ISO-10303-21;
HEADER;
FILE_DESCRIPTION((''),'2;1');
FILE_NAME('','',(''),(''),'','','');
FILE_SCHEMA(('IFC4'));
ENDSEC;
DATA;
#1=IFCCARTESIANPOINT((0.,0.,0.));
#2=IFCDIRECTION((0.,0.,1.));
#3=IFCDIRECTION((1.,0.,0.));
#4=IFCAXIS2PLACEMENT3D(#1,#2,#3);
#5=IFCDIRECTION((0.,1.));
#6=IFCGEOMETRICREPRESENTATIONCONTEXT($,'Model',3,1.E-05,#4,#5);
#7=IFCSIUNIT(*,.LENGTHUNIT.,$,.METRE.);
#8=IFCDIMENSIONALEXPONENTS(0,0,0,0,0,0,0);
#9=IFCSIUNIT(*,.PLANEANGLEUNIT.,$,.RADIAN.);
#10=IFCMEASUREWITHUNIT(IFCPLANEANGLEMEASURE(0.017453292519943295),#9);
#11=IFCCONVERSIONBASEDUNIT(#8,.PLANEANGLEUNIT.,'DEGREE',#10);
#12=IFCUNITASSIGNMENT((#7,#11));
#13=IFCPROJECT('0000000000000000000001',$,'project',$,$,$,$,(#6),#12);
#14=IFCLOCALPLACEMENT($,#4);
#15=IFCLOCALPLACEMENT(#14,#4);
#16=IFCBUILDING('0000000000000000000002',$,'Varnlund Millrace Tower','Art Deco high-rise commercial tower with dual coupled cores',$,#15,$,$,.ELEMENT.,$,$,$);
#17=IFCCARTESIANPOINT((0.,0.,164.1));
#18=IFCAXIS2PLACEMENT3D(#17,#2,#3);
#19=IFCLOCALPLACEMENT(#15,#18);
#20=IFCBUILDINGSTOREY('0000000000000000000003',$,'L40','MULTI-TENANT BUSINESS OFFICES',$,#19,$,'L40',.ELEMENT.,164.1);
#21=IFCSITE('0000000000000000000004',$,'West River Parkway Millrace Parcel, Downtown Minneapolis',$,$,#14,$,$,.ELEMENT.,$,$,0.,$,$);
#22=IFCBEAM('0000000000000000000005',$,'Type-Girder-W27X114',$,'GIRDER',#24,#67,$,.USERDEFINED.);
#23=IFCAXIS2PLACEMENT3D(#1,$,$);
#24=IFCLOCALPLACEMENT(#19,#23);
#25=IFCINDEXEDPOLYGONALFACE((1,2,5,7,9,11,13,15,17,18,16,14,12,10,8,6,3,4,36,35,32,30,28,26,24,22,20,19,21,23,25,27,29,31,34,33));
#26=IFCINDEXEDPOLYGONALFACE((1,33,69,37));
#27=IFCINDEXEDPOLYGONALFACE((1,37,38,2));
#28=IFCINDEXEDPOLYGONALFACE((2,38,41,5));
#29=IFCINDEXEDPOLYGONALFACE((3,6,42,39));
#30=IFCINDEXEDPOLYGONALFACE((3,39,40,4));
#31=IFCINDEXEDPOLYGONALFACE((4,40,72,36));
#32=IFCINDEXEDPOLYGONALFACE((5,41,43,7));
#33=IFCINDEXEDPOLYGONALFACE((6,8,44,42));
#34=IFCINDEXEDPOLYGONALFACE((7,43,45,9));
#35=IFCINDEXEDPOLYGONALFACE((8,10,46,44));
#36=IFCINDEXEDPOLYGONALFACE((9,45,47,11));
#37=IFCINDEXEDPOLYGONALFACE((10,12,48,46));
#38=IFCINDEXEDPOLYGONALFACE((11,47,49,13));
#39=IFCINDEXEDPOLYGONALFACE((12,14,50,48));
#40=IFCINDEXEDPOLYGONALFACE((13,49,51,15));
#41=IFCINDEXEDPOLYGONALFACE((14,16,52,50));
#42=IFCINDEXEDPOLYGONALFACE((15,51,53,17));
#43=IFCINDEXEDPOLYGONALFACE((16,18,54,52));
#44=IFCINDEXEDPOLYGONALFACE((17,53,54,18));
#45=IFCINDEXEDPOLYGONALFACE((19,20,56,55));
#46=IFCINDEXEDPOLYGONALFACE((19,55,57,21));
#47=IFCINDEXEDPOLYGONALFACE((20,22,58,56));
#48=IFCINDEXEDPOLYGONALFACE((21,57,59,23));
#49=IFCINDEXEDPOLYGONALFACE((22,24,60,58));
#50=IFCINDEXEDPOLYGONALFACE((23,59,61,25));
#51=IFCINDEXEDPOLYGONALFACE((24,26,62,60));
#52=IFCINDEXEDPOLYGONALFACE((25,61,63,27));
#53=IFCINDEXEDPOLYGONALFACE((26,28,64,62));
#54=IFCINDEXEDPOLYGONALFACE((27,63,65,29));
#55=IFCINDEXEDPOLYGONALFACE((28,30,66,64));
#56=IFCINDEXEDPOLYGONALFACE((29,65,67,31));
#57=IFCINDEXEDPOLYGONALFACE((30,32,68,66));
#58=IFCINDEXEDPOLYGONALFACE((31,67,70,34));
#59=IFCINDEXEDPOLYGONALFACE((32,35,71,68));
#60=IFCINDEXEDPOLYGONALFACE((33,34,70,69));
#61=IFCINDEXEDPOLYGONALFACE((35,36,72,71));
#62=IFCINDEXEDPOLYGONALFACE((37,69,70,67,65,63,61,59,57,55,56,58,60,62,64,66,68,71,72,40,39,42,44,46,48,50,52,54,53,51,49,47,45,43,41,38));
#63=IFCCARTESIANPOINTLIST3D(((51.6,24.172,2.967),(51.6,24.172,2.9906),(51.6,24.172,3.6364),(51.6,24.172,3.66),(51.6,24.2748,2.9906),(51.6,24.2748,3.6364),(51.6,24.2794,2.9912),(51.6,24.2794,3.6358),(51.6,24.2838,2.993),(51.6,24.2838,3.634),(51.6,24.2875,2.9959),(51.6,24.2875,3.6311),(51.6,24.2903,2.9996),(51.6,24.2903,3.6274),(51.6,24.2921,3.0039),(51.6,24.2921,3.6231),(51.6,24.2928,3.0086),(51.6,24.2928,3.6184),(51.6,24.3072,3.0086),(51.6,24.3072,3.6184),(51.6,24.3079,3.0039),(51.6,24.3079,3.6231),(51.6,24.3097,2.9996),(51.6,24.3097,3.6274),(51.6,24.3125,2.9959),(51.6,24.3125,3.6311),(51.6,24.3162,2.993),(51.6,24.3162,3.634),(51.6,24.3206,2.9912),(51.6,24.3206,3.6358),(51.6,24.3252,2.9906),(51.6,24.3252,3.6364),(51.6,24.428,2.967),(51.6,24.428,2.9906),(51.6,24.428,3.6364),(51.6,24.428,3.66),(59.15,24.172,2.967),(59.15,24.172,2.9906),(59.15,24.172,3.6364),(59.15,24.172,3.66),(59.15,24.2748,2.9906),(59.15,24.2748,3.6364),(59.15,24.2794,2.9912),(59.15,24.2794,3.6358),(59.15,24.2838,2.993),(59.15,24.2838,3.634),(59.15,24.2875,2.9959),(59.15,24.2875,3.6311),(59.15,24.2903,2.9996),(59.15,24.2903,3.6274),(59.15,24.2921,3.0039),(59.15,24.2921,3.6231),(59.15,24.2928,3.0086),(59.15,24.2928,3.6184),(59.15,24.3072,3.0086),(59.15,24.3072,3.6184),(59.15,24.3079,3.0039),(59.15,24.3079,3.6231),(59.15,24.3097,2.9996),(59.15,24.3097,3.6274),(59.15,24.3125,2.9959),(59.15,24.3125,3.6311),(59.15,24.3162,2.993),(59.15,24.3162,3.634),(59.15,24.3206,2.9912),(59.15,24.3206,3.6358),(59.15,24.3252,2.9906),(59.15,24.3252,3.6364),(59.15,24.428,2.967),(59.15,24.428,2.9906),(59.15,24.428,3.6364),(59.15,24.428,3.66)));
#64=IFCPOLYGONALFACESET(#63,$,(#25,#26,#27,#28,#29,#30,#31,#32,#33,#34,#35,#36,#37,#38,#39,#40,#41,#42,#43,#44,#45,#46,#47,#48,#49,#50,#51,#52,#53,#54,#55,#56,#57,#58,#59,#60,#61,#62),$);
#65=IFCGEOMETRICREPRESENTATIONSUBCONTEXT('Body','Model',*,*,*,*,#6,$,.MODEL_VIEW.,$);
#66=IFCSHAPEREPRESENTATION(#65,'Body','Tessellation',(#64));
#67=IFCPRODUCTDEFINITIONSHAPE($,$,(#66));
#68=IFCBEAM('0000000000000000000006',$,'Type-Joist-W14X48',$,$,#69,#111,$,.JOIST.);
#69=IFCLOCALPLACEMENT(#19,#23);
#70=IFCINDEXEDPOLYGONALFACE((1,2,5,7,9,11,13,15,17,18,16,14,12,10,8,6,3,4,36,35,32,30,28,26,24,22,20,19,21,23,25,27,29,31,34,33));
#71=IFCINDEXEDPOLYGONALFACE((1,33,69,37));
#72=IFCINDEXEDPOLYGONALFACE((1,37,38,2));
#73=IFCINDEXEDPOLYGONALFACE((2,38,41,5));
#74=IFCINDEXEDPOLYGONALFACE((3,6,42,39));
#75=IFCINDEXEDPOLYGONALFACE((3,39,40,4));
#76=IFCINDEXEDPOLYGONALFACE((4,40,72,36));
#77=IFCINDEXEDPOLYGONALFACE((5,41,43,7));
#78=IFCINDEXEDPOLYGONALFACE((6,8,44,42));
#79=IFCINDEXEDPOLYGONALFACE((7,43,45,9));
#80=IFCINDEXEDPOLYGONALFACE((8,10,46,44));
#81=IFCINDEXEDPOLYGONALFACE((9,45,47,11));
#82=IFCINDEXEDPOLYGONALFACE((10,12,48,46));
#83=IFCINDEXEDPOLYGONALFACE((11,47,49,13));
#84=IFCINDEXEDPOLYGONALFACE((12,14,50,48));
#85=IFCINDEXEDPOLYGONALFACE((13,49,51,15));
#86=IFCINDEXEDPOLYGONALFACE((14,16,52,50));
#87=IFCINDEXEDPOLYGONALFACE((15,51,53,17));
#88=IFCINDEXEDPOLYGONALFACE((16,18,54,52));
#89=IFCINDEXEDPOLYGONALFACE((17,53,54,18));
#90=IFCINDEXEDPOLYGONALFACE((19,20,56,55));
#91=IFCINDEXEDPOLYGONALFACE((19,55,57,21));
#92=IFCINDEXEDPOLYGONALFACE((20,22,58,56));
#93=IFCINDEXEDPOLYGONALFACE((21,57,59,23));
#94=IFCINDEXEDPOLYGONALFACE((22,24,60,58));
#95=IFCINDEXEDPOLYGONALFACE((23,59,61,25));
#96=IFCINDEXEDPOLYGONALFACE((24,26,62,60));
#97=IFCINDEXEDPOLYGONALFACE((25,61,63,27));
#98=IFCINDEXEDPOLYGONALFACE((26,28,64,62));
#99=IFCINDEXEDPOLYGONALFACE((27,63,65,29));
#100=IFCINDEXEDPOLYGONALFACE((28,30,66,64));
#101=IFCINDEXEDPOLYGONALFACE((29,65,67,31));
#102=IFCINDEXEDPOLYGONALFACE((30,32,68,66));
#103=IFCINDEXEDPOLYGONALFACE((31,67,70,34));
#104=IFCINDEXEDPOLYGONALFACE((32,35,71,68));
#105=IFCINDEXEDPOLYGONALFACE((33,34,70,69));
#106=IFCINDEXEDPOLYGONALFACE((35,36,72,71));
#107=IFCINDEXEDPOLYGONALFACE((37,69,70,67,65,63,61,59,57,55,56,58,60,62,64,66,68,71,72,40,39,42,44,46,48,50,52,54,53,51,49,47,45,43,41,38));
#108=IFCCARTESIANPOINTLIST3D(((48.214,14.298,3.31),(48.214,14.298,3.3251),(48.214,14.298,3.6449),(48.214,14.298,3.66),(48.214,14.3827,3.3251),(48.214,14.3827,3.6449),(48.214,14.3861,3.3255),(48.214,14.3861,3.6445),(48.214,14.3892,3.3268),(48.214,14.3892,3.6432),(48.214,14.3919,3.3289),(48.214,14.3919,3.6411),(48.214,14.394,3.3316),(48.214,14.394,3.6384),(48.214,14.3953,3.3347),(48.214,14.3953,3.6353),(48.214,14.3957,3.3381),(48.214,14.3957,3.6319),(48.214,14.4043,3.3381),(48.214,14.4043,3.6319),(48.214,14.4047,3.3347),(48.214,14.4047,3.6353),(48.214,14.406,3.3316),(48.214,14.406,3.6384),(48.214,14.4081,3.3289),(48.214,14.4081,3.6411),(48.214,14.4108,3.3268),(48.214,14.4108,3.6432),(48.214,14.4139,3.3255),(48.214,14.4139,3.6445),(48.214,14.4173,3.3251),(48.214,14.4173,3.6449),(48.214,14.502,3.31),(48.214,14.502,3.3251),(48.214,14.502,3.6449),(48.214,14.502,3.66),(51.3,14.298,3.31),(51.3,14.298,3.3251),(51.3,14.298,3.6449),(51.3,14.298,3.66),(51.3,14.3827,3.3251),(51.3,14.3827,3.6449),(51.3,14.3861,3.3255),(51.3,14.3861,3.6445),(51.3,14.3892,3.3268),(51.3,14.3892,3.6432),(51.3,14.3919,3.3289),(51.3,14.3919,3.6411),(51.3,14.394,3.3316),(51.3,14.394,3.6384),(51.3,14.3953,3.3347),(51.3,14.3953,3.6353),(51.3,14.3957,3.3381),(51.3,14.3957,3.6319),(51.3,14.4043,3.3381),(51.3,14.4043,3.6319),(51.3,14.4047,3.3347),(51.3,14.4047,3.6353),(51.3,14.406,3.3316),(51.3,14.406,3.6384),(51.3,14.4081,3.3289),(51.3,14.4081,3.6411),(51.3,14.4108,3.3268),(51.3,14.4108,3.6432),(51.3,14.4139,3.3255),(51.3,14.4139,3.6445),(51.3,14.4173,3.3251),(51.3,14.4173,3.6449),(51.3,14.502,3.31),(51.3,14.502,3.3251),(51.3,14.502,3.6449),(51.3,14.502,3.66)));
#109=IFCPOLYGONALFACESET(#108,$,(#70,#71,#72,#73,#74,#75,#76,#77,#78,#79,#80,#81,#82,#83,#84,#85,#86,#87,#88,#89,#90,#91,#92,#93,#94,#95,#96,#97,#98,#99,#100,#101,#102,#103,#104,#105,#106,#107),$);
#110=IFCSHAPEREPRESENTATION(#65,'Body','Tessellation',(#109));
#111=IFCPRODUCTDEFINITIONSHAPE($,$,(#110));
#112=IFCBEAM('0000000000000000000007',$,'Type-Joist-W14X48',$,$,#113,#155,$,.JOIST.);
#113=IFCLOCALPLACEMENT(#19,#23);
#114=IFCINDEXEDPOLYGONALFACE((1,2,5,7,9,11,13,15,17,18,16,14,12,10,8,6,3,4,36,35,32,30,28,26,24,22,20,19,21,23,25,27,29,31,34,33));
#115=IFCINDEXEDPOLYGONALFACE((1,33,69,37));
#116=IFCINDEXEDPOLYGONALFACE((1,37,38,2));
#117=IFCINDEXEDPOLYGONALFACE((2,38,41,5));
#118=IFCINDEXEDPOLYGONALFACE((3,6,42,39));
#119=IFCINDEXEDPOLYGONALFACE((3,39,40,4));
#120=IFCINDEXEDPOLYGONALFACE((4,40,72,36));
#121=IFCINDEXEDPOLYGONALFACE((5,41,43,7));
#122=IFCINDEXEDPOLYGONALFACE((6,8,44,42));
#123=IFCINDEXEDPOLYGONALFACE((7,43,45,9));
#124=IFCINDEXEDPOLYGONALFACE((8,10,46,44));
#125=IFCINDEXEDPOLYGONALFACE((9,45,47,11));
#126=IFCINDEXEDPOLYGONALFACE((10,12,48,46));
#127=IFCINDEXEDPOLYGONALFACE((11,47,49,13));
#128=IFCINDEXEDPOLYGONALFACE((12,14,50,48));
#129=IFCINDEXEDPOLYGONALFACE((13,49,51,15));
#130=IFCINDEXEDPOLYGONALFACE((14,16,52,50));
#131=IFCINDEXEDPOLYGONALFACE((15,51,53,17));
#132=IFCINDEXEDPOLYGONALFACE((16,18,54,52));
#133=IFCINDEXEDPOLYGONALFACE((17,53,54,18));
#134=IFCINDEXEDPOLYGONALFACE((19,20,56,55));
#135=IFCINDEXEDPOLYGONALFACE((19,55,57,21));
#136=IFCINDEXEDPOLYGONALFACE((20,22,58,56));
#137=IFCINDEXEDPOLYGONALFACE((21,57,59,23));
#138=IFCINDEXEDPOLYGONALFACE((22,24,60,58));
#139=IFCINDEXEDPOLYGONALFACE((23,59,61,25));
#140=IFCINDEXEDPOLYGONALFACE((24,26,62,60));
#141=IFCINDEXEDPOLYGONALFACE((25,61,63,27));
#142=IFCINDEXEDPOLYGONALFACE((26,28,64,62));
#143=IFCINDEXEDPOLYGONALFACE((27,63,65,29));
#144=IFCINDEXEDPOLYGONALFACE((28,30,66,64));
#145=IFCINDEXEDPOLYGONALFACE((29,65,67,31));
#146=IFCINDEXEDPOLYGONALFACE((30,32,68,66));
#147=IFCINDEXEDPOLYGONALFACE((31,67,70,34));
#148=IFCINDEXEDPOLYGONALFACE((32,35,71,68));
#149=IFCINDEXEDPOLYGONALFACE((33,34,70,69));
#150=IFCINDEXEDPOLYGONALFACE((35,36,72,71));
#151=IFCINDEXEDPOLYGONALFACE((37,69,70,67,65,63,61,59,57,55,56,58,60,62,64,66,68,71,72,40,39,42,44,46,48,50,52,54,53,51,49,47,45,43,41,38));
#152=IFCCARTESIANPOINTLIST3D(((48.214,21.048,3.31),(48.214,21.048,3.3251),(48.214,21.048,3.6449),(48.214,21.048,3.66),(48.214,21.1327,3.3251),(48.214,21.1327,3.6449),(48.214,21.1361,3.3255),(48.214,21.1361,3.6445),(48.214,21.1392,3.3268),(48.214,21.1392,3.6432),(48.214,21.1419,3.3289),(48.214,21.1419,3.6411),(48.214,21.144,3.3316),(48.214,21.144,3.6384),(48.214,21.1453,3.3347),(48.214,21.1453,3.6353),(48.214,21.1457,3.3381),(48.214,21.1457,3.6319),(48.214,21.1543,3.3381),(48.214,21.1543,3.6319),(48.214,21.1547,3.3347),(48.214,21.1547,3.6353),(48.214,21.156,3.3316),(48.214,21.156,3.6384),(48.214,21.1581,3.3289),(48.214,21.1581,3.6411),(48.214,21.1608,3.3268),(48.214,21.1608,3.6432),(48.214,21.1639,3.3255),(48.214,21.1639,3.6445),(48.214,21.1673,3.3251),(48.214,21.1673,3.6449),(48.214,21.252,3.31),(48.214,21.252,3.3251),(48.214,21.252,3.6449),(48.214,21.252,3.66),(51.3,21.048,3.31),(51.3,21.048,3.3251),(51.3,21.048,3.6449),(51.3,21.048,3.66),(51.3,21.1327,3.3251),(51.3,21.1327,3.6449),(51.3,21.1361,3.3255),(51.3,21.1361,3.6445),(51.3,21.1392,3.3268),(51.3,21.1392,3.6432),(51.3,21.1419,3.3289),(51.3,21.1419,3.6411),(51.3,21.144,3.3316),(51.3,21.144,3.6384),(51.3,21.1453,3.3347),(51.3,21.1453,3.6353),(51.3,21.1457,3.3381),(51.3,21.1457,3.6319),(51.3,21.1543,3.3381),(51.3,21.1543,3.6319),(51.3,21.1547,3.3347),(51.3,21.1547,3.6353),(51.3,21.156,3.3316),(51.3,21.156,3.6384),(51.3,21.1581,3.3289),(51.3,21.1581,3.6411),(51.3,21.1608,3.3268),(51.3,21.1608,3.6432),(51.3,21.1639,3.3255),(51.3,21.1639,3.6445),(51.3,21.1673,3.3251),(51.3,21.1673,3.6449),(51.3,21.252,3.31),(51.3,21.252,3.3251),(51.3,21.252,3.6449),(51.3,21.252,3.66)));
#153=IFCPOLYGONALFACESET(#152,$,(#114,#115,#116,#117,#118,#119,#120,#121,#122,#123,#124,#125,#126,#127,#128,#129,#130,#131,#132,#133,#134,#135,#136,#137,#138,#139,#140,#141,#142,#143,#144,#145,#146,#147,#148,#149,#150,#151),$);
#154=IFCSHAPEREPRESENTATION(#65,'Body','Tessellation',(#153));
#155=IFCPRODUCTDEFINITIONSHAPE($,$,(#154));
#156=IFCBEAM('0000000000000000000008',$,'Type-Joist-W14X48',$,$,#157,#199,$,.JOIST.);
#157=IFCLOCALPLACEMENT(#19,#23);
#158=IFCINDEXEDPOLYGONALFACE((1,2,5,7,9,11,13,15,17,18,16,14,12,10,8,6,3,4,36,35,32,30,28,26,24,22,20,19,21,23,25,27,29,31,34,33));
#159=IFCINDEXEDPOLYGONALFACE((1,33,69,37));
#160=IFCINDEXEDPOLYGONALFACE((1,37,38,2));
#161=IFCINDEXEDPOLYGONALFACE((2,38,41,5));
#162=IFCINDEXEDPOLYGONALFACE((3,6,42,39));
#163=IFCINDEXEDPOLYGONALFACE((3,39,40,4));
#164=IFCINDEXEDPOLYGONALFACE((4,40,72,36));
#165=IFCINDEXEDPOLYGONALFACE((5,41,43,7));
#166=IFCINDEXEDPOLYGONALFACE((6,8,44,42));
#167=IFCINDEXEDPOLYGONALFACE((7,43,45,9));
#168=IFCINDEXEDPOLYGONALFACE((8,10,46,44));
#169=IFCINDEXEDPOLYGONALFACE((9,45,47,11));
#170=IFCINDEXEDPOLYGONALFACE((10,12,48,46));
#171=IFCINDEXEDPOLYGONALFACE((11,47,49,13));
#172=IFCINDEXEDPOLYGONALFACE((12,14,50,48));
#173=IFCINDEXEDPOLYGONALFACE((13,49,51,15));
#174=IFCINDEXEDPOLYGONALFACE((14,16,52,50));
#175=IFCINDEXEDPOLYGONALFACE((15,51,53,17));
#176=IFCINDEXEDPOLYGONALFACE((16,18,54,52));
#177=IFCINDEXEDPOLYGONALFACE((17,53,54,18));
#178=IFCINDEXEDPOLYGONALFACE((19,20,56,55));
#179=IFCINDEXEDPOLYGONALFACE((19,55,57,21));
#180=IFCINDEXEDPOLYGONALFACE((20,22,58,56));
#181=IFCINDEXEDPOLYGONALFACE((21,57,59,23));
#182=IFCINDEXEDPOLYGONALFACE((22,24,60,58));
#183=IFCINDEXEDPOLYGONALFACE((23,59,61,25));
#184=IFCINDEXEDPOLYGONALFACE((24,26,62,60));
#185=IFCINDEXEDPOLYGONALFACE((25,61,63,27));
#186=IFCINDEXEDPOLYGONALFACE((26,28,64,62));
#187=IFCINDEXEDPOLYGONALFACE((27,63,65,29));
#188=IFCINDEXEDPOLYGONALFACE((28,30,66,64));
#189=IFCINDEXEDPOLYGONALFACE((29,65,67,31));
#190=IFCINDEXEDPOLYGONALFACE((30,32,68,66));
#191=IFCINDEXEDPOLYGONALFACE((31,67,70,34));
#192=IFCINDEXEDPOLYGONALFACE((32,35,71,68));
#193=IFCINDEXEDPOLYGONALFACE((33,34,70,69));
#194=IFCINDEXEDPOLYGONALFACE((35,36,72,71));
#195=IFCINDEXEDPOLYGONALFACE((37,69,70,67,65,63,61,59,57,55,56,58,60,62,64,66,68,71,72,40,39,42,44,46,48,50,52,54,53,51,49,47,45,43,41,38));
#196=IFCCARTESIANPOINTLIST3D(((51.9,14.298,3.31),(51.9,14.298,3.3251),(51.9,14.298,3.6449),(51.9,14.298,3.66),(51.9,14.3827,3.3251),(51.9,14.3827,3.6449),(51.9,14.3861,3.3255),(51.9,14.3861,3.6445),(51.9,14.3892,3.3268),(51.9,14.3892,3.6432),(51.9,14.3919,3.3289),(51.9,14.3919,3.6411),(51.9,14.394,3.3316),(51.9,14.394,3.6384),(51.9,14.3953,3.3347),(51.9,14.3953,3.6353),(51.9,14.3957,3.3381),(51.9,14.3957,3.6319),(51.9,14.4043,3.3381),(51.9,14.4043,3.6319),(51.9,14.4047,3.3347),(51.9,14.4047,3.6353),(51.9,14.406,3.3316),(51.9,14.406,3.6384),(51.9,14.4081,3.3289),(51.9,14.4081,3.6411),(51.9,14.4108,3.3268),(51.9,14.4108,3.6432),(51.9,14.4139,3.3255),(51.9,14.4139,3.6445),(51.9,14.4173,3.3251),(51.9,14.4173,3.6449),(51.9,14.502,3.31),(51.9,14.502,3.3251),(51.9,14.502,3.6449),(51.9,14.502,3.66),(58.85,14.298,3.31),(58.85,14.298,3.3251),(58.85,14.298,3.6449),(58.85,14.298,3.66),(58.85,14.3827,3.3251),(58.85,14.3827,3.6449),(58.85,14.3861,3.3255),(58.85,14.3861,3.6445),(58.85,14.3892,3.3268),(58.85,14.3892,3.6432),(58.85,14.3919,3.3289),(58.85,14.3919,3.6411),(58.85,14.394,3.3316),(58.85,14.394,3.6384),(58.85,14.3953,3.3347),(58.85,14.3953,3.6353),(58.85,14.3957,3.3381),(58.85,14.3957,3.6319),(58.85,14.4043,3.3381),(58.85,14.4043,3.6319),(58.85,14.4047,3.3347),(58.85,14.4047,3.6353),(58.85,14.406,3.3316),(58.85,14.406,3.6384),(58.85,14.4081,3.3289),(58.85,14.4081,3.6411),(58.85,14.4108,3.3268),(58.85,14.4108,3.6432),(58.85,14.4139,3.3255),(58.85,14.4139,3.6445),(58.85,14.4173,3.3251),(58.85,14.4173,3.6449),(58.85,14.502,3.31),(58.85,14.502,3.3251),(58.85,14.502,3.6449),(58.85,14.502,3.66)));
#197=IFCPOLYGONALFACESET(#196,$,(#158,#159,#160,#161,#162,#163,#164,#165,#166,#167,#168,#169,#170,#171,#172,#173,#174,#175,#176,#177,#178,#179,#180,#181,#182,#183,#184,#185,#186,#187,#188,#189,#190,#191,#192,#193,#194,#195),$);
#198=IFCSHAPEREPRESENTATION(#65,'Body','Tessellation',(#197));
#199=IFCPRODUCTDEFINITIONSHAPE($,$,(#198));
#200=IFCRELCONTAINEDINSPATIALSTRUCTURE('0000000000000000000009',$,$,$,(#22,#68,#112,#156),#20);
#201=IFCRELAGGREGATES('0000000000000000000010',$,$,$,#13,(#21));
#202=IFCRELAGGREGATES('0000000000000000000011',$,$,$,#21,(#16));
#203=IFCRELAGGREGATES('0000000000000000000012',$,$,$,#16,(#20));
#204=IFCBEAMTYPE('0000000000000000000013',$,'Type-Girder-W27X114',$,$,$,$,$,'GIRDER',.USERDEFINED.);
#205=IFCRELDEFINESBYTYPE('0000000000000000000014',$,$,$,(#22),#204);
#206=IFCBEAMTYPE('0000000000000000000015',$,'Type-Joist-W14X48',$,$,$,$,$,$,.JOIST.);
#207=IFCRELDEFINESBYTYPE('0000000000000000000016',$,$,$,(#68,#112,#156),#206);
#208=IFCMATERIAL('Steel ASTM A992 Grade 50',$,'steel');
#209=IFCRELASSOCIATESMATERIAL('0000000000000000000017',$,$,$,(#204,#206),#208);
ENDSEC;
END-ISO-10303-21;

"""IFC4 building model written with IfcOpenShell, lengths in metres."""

from ifc_helpers import new_model, entity, si_unit, converted_unit, direction, frame, origin_with_axes, origin_2d_with_axis, place, context, subcontext, project, spatial, i_section, extrude, material, material_profile, profile_set, type_object, element, save


model = new_model("IFC4")

# Units and contexts
model_context = context("Model", 3, precision=1e-05, world=origin_with_axes(), true_north=direction((0.0, 1.0)))
body_context = subcontext(model_context, "Body", "Model", "MODEL_VIEW")
ifc_project = project(units=[si_unit("LENGTHUNIT", "METRE"), converted_unit("PLANEANGLEUNIT", "DEGREE", entity("IfcPlaneAngleMeasure", 0.017453292519943295), si_unit("PLANEANGLEUNIT", "RADIAN"), dimensions=[0, 0, 0, 0, 0, 0, 0])], contexts=[model_context])

# Site, building, storey
site_placement = place(None, origin_with_axes())
site = spatial("IfcSite", under=ifc_project, at=site_placement, Name="West River Parkway Millrace Parcel, Downtown Minneapolis", CompositionType="ELEMENT", RefElevation=0.0)
building_placement = place(site_placement, origin_with_axes())
building = spatial("IfcBuilding", under=site, at=building_placement, Name="Varnlund Millrace Tower", Description="Art Deco high-rise commercial tower with dual coupled cores", CompositionType="ELEMENT")
storey_placement = place(building_placement, frame((0.0, 0.0, 164.1), z_axis=(0.0, 0.0, 1.0), x_axis=(1.0, 0.0, 0.0)))
storey = spatial("IfcBuildingStorey", under=building, at=storey_placement, Name="L40", Description="MULTI-TENANT BUSINESS OFFICES", LongName="L40", CompositionType="ELEMENT", Elevation=164.1)

# Beams
ifc_material_1 = material(Name="Steel ASTM A992 Grade 50", Category="steel")
ifc_material_profile_1 = material_profile(ifc_material_1, i_section(OverallWidth=0.256, OverallDepth=0.693, WebThickness=0.0145, FlangeThickness=0.0236, FilletRadius=0.018, at=origin_2d_with_axis()), Name="Steel ASTM A992 Grade 50")
ifc_profile_set_1 = profile_set([ifc_material_profile_1], Name="Steel ASTM A992 Grade 50")
beam_type_1 = type_object("IfcBeamType", Name="Type-Girder-W27X114", ElementType="GIRDER", PredefinedType="USERDEFINED", material=ifc_profile_set_1)
beam_1_placement = place(storey_placement, frame((51.6, 24.3, 3.3135), z_axis=(1.0, 0.0, 0.0), x_axis=(0.0, 1.0, 0.0)))
element("IfcBeam", 1, at=beam_1_placement, inside=storey, type_object=beam_type_1, Name="Type-Girder-W27X114", ObjectType="GIRDER", PredefinedType="USERDEFINED", context=body_context, shape_type="SweptSolid", body=[
    extrude(i_section(OverallWidth=0.256, OverallDepth=0.693, WebThickness=0.0145, FlangeThickness=0.0236, FilletRadius=0.018, at=origin_2d_with_axis()), origin_with_axes(), (0.0, 0.0, 1.0), 7.55),
])
ifc_material_profile_2 = material_profile(ifc_material_1, i_section(OverallWidth=0.204, OverallDepth=0.35, WebThickness=0.0086, FlangeThickness=0.0151, FilletRadius=0.013, at=origin_2d_with_axis()), Name="Steel ASTM A992 Grade 50")
ifc_profile_set_2 = profile_set([ifc_material_profile_2], Name="Steel ASTM A992 Grade 50")
beam_type_2 = type_object("IfcBeamType", Name="Type-Joist-W14X48", PredefinedType="JOIST", material=ifc_profile_set_2)
for number, where, z_axis, x_axis, name in (
    (2, (48.214, 14.4, 3.485), (1.0, 0.0, 0.0), (0.0, 1.0, 0.0), "Type-Joist-W14X48"),
    (3, (48.214, 21.15, 3.485), (1.0, 0.0, 0.0), (0.0, 1.0, 0.0), "Type-Joist-W14X48"),
):
    element("IfcBeam", number, at=place(storey_placement, frame(where, z_axis=z_axis, x_axis=x_axis)), inside=storey, type_object=beam_type_2, Name=name, PredefinedType="JOIST", context=body_context, shape_type="SweptSolid", body=[
        extrude(i_section(OverallWidth=0.204, OverallDepth=0.35, WebThickness=0.0086, FlangeThickness=0.0151, FilletRadius=0.013, at=origin_2d_with_axis()), origin_with_axes(), (0.0, 0.0, 1.0), 3.086),
    ])
for number, where, z_axis, x_axis, name in (
    (4, (51.9, 14.4, 3.485), (1.0, 0.0, 0.0), (0.0, 1.0, 0.0), "Type-Joist-W14X48"),
):
    element("IfcBeam", number, at=place(storey_placement, frame(where, z_axis=z_axis, x_axis=x_axis)), inside=storey, type_object=beam_type_2, Name=name, PredefinedType="JOIST", context=body_context, shape_type="SweptSolid", body=[
        extrude(i_section(OverallWidth=0.204, OverallDepth=0.35, WebThickness=0.0086, FlangeThickness=0.0151, FilletRadius=0.013, at=origin_2d_with_axis()), origin_with_axes(), (0.0, 0.0, 1.0), 6.95),
    ])

save(model, "model.ifc")
